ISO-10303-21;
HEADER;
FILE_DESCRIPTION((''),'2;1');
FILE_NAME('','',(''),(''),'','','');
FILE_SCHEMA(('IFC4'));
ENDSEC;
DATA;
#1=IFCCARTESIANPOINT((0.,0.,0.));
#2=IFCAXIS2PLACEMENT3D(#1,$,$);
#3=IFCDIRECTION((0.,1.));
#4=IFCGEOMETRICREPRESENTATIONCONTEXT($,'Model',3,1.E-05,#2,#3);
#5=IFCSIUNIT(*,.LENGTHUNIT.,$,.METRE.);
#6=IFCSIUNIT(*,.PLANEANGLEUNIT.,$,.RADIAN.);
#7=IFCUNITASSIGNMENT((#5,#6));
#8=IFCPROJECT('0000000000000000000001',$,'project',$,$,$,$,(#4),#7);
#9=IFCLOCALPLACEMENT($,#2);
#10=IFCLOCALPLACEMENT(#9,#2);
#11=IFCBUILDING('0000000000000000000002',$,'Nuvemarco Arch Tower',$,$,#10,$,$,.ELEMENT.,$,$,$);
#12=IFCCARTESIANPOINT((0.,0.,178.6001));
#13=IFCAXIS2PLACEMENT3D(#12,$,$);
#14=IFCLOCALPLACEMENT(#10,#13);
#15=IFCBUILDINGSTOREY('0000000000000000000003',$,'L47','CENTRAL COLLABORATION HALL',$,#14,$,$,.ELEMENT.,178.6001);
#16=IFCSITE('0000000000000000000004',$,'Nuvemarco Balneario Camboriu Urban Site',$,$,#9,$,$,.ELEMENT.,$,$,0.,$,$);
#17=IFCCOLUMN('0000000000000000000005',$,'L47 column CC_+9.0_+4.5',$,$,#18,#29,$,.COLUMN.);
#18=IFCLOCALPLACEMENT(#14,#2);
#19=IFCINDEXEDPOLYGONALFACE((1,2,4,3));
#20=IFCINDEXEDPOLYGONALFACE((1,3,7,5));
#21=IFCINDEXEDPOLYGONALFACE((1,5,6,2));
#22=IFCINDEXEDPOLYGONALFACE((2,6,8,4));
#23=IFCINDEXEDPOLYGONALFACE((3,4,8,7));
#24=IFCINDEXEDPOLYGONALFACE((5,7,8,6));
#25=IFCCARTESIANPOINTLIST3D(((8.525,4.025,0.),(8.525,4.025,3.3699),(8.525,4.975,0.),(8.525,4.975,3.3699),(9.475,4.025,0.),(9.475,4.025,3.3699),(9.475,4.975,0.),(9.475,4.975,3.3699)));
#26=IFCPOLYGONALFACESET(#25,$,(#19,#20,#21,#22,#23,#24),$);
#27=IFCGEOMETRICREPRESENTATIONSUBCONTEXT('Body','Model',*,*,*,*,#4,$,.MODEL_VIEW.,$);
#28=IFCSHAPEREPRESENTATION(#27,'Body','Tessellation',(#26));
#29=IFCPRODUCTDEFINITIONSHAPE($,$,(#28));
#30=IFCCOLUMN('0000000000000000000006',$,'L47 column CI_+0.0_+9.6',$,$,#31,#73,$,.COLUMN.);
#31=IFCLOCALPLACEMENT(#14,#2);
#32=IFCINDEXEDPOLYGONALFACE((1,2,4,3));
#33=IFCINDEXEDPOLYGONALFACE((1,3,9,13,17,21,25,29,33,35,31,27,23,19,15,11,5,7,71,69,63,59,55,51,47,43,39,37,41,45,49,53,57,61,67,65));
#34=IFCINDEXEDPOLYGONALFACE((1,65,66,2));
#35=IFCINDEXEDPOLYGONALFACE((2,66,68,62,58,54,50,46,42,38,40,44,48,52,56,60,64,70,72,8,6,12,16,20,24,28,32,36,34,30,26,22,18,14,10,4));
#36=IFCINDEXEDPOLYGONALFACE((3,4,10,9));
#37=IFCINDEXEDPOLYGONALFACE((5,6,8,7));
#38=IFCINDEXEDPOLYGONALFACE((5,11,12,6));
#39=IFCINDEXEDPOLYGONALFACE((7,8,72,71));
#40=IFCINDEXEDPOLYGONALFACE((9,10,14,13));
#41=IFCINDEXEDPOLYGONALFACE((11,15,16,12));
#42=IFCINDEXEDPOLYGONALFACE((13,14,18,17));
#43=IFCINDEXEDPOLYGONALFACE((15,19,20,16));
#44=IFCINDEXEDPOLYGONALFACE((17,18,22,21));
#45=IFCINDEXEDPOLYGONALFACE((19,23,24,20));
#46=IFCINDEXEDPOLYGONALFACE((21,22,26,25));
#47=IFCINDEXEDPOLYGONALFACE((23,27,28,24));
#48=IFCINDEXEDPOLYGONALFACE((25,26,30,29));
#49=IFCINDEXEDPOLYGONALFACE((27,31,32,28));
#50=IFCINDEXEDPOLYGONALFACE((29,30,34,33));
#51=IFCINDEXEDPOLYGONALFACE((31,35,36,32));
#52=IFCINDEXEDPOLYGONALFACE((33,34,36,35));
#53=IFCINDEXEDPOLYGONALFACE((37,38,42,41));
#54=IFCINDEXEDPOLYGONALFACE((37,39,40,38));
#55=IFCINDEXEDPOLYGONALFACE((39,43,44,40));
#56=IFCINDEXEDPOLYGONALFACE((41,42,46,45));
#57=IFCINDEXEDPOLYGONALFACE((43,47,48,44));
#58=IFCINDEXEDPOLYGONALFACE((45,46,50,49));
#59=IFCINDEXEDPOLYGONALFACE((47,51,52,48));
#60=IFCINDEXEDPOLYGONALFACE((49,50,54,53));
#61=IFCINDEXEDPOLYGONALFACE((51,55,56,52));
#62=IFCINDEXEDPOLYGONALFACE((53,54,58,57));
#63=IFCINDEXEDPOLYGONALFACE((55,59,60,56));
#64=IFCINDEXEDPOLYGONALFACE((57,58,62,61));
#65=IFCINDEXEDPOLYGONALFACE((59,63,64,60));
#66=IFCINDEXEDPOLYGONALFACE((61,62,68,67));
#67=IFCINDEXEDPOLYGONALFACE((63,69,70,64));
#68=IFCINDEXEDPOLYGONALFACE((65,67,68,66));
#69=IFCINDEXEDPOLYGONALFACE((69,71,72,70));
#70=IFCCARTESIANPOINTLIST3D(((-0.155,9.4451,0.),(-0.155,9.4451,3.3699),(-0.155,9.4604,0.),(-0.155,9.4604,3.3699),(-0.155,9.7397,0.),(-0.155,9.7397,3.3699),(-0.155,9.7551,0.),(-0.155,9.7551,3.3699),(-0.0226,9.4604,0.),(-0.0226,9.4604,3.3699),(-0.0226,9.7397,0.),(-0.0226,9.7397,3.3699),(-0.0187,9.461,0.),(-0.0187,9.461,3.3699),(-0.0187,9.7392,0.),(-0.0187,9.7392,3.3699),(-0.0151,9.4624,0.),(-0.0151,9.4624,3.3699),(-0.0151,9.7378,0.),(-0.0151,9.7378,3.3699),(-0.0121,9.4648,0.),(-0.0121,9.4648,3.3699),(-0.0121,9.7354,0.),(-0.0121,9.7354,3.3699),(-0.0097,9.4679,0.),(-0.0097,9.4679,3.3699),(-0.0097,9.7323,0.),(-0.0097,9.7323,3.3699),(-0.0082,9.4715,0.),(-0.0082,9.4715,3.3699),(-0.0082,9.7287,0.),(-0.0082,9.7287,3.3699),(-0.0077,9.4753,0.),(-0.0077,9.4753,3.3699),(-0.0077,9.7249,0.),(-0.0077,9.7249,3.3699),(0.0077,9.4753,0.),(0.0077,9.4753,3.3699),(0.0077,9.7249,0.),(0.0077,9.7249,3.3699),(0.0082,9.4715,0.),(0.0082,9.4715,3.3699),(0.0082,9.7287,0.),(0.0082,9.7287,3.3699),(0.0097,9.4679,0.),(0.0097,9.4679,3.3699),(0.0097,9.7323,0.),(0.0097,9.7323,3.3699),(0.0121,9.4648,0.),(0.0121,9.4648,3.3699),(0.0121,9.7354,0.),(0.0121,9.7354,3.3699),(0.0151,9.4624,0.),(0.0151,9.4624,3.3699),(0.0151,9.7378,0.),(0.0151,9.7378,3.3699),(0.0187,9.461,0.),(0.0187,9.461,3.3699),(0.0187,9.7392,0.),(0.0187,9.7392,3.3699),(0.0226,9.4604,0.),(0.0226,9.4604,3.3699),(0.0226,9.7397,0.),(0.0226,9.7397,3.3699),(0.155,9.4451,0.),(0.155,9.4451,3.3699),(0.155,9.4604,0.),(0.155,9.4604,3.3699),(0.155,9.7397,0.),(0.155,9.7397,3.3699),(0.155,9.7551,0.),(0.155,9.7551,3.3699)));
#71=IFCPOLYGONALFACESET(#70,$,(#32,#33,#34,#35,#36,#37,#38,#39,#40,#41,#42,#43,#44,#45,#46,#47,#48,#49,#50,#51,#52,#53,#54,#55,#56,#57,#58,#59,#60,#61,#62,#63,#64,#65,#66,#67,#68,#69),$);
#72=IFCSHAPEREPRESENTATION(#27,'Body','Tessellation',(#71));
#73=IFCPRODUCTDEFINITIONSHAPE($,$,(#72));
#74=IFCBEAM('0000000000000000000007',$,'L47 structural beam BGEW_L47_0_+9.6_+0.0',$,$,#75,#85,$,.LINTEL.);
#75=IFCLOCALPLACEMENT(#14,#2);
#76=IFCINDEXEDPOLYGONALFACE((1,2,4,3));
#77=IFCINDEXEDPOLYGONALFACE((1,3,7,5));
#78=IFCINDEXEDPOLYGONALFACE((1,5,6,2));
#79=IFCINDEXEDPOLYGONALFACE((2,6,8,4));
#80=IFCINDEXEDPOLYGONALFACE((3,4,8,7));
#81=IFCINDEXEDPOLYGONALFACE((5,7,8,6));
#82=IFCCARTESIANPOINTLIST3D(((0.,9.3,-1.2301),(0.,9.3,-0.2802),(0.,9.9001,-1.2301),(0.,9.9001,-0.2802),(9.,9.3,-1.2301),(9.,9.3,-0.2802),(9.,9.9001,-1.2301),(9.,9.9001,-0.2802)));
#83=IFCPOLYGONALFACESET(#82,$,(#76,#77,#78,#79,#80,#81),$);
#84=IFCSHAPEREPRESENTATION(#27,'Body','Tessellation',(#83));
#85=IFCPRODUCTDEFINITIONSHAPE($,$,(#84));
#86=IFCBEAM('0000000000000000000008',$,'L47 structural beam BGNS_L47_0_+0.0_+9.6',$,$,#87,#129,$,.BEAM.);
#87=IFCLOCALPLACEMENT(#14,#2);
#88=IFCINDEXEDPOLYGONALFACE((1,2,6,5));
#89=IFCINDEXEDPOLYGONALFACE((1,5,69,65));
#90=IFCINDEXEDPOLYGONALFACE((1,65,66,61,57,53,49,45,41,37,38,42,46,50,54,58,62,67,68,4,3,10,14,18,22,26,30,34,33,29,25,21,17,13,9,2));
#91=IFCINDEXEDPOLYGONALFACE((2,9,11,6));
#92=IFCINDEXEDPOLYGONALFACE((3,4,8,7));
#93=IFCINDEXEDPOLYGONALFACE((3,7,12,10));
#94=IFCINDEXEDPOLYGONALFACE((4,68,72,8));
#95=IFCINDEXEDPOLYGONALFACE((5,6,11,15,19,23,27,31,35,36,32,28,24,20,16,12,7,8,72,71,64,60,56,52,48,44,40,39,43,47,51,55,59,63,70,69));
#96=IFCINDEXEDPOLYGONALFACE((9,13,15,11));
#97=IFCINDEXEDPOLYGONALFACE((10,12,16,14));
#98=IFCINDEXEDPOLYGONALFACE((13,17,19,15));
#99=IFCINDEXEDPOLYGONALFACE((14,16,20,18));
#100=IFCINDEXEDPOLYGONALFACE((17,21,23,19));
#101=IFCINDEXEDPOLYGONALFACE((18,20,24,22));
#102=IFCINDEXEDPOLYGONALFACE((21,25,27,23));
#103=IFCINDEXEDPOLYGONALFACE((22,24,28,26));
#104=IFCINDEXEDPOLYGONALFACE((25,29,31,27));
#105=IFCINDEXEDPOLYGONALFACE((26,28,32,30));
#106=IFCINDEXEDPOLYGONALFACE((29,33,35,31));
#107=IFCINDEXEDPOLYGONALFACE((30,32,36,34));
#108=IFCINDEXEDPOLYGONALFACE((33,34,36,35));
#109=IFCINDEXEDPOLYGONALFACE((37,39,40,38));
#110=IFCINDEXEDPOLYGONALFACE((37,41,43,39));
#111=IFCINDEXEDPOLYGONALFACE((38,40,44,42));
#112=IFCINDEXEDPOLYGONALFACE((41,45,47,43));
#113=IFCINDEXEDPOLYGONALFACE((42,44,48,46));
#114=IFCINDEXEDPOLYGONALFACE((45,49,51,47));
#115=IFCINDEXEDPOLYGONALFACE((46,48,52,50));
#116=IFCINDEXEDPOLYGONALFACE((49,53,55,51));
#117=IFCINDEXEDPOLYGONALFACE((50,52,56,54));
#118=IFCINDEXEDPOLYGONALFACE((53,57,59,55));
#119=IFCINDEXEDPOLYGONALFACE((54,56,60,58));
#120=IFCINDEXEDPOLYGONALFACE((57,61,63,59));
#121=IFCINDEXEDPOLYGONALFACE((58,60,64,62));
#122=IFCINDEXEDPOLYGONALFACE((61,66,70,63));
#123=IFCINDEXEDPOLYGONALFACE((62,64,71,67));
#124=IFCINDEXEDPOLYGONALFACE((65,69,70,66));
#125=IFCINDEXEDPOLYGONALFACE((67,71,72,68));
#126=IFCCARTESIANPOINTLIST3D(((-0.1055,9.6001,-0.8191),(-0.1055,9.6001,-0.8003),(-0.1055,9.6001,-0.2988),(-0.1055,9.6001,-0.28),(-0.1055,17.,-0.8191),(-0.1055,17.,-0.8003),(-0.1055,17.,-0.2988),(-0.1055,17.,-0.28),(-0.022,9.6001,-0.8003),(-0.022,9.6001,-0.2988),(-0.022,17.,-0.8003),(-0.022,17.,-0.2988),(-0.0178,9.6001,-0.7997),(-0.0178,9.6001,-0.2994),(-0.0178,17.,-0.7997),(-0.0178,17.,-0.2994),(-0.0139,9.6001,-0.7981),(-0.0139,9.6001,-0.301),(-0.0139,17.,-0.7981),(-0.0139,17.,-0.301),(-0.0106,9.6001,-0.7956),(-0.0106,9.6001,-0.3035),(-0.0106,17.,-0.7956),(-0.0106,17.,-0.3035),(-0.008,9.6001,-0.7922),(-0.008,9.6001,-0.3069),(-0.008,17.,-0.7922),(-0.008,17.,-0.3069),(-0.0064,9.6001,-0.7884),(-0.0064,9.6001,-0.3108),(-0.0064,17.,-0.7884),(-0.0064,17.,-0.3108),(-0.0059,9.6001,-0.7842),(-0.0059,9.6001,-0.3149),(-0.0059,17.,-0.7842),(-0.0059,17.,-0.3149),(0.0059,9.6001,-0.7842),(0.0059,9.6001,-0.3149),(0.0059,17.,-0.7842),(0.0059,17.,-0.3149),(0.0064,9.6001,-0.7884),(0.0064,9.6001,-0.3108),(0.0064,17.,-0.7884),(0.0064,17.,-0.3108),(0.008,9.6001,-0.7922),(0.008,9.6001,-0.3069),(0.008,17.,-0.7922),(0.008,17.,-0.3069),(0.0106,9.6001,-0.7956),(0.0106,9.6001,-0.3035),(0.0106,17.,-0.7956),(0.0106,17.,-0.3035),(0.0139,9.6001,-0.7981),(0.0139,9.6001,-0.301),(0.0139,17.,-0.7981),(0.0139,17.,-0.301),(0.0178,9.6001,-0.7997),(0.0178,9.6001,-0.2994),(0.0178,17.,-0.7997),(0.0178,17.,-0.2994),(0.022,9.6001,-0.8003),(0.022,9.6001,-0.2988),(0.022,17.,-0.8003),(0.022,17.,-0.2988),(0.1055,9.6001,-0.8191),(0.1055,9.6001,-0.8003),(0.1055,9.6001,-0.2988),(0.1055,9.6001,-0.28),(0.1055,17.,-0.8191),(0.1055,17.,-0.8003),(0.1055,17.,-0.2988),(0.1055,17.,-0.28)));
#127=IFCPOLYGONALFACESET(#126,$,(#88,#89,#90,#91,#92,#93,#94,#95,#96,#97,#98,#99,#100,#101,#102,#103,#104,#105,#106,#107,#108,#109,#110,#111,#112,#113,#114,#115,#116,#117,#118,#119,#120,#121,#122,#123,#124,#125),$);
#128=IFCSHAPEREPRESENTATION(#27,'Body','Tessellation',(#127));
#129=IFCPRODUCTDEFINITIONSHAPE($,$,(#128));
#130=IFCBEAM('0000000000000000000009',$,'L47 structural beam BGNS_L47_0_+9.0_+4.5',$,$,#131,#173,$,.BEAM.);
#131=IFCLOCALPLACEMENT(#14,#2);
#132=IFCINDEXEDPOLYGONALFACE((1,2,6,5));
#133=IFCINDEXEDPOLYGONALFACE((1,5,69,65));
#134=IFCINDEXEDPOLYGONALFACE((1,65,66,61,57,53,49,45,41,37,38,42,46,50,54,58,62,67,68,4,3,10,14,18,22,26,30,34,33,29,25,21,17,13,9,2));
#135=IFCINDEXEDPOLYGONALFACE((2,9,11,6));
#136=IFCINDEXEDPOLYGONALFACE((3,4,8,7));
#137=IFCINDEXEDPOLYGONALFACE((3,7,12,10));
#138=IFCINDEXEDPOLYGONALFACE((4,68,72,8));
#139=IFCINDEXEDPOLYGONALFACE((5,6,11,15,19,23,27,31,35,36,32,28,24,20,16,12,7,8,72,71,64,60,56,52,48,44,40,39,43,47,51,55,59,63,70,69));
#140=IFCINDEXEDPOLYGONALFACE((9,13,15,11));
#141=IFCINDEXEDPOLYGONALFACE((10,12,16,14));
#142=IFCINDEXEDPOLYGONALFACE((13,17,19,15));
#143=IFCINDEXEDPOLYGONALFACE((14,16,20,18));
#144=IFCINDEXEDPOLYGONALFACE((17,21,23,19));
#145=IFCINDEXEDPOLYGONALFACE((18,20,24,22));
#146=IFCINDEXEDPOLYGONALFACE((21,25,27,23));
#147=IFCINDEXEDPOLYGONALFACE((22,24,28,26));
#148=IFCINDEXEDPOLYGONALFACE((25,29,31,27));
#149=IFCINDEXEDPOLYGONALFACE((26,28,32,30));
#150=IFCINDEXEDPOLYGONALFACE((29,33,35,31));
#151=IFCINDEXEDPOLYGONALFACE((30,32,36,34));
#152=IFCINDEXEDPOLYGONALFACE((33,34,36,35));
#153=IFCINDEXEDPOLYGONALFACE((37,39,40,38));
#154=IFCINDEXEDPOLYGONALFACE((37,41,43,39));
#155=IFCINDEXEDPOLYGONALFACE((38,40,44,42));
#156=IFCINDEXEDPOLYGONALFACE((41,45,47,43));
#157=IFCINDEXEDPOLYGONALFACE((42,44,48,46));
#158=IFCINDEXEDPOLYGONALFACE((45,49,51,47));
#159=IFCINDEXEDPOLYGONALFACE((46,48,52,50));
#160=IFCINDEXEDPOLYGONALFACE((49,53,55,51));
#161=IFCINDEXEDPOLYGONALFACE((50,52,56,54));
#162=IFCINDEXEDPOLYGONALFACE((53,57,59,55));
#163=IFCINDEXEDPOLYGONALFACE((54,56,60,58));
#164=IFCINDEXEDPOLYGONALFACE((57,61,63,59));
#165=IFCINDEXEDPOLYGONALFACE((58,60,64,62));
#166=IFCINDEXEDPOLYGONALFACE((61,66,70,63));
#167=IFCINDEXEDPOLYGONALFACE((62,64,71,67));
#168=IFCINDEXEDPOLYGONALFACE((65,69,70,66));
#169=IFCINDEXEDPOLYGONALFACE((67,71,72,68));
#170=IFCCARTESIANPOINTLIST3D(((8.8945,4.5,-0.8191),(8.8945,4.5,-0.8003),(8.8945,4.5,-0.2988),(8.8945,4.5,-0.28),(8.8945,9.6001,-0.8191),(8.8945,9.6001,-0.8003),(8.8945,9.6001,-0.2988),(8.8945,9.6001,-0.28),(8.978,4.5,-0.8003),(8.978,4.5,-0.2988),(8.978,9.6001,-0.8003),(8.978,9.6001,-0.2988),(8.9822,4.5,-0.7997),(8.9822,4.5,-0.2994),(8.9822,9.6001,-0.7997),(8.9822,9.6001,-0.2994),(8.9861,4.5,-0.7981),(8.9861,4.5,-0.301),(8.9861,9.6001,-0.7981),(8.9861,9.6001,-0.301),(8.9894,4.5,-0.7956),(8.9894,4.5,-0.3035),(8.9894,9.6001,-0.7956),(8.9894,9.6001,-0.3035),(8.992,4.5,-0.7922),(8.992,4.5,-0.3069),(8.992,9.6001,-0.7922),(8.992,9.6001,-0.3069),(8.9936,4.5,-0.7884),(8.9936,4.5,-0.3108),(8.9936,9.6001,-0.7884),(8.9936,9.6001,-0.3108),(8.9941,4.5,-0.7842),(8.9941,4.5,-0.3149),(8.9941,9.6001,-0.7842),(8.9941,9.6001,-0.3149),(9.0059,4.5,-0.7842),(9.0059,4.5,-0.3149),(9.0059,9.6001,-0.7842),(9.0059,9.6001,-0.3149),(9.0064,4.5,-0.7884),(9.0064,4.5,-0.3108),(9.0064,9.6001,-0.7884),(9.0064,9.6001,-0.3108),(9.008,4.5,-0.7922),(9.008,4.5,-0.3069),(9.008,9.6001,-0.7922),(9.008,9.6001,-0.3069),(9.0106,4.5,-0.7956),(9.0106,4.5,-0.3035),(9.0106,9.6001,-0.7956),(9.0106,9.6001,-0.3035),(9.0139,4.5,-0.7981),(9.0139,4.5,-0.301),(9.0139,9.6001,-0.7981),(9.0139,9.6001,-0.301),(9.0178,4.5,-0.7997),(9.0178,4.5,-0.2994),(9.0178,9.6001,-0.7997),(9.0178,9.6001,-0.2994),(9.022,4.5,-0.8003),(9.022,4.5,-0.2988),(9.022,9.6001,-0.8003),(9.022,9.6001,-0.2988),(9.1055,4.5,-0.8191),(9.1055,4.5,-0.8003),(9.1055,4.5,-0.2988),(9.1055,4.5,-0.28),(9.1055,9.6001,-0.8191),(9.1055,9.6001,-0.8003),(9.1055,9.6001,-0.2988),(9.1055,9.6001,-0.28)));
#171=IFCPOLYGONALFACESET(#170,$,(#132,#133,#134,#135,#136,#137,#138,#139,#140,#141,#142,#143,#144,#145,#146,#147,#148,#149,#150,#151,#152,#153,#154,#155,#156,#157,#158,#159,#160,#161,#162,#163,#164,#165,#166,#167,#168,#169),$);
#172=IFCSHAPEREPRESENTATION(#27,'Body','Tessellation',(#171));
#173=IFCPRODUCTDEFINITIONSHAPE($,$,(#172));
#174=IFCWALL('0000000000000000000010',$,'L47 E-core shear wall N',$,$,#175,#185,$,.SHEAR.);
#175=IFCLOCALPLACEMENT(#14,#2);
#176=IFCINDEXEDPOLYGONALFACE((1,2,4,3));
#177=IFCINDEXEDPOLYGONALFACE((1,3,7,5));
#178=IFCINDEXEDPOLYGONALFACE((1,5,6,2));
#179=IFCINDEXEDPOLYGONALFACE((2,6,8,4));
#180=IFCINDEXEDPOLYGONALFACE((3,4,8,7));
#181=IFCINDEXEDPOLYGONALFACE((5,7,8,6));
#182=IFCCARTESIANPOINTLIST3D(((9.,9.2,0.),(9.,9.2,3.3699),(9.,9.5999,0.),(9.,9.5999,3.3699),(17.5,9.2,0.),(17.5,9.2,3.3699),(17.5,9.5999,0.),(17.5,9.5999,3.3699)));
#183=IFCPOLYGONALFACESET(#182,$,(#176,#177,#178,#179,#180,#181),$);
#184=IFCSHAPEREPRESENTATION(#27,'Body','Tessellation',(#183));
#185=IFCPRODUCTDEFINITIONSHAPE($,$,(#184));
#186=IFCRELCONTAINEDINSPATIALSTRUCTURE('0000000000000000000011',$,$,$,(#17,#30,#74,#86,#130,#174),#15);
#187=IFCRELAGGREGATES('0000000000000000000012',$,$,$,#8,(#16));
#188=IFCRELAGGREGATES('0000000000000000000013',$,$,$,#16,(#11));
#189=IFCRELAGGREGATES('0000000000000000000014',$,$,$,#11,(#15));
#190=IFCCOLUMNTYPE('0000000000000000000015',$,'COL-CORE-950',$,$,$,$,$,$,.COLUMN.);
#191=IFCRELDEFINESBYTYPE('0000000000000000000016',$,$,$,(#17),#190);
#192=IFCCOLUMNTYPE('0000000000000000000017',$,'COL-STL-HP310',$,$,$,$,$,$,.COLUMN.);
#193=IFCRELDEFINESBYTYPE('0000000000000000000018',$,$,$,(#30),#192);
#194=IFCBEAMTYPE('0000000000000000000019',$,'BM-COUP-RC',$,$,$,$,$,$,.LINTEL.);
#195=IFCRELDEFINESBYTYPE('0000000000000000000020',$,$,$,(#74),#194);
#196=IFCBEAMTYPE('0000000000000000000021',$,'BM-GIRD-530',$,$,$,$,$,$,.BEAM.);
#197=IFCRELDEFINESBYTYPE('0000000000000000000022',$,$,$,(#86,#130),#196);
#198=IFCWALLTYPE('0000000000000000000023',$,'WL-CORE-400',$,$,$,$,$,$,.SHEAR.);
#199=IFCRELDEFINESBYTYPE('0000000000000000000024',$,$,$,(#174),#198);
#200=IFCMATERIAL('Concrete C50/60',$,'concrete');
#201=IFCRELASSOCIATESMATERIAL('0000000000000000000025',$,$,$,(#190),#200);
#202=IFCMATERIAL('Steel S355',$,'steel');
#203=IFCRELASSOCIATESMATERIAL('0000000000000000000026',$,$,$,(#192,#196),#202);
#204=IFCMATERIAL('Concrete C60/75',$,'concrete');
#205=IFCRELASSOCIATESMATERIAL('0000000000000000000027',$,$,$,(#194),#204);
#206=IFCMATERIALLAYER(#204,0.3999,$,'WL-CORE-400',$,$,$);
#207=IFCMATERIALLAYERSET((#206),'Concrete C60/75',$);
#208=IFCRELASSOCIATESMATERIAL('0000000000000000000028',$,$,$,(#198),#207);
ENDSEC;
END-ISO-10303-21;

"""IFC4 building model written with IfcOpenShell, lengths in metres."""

from ifc_helpers import new_model, si_unit, direction, frame, frame_2d, origin, origin_2d, place, context, subcontext, project, spatial, rectangle, i_section, extrude, material, layer, layer_set, material_profile, profile_set, type_object, element, save


model = new_model("IFC4")

# Units and contexts
model_context = context("Model", 3, precision=1e-05, world=origin(), true_north=direction((0.0, 1.0)))
body_context = subcontext(model_context, "Body", "Model", "MODEL_VIEW")
ifc_project = project(units=[si_unit("LENGTHUNIT", "METRE"), si_unit("PLANEANGLEUNIT", "RADIAN")], contexts=[model_context])

# Site, building, storey
site_placement = place(None, origin())
site = spatial("IfcSite", under=ifc_project, at=site_placement, Name="Nuvemarco Balneario Camboriu Urban Site", CompositionType="ELEMENT", RefElevation=0.0)
building_placement = place(site_placement, origin())
building = spatial("IfcBuilding", under=site, at=building_placement, Name="Nuvemarco Arch Tower", CompositionType="ELEMENT")
storey_placement = place(building_placement, frame((0.0, 0.0, 178.6001)))
storey = spatial("IfcBuildingStorey", under=building, at=storey_placement, Name="L47", Description="CENTRAL COLLABORATION HALL", CompositionType="ELEMENT", Elevation=178.6001)

# Columns
ifc_material_1 = material(Name="Concrete C50/60", Category="concrete")
ifc_material_profile_1 = material_profile(ifc_material_1, rectangle(XDim=0.95, YDim=0.95, at=origin_2d()), Name="RC-COL-950x950")
ifc_profile_set_1 = profile_set([ifc_material_profile_1], Name="Concrete C50/60")
column_type_1 = type_object("IfcColumnType", Name="COL-CORE-950", PredefinedType="COLUMN", material=ifc_profile_set_1)
column_1_placement = place(storey_placement, frame((9.0, 4.5, 0.0), z_axis=(0.0, 0.0, 1.0), x_axis=(1.0, 0.0, 0.0)))
element("IfcColumn", 1, at=column_1_placement, inside=storey, type_object=column_type_1, Name="L47 column CC_+9.0_+4.5", PredefinedType="COLUMN", context=body_context, shape_type="SweptSolid", body=[
    extrude(rectangle(XDim=0.95, YDim=0.95, at=origin_2d()), origin(), (0.0, 0.0, 1.0), 3.3699),
])
ifc_material_2 = material(Name="Steel S355", Category="steel")
ifc_material_profile_2 = material_profile(ifc_material_2, i_section(OverallWidth=0.3101, OverallDepth=0.3101, WebThickness=0.0154, FlangeThickness=0.0154, FilletRadius=0.0149, at=origin_2d()), Name="HP310x110")
ifc_profile_set_2 = profile_set([ifc_material_profile_2], Name="Steel S355")
column_type_2 = type_object("IfcColumnType", Name="COL-STL-HP310", PredefinedType="COLUMN", material=ifc_profile_set_2)
column_2_placement = place(storey_placement, frame((0.0, 9.6001, 0.0), z_axis=(0.0, 0.0, 1.0), x_axis=(1.0, 0.0, 0.0)))
element("IfcColumn", 2, at=column_2_placement, inside=storey, type_object=column_type_2, Name="L47 column CI_+0.0_+9.6", PredefinedType="COLUMN", context=body_context, shape_type="SweptSolid", body=[
    extrude(i_section(OverallWidth=0.3101, OverallDepth=0.3101, WebThickness=0.0154, FlangeThickness=0.0154, FilletRadius=0.0149, at=origin_2d()), origin(), (0.0, 0.0, 1.0), 3.3699),
])

# Beams
ifc_material_3 = material(Name="Concrete C60/75", Category="concrete")
ifc_material_profile_3 = material_profile(ifc_material_3, rectangle(XDim=0.6001, YDim=0.95, at=origin_2d()), Name="RC-BM-600x950")
ifc_profile_set_3 = profile_set([ifc_material_profile_3], Name="Concrete C60/75")
beam_type_1 = type_object("IfcBeamType", Name="BM-COUP-RC", PredefinedType="LINTEL", material=ifc_profile_set_3)
beam_1_placement = place(storey_placement, frame((0.0, 9.6001, -0.7551), z_axis=(1.0, 0.0, 0.0), x_axis=(0.0, 1.0, 0.0)))
element("IfcBeam", 3, at=beam_1_placement, inside=storey, type_object=beam_type_1, Name="L47 structural beam BGEW_L47_0_+9.6_+0.0", PredefinedType="LINTEL", context=body_context, shape_type="SweptSolid", body=[
    extrude(rectangle(XDim=0.6001, YDim=0.95, at=origin_2d()), origin(), (0.0, 0.0, 1.0), 9.0),
])
ifc_material_profile_4 = material_profile(ifc_material_2, i_section(OverallWidth=0.2109, OverallDepth=0.5391, WebThickness=0.0117, FlangeThickness=0.0188, FilletRadius=0.0161, at=origin_2d()), Name="W530x109")
ifc_profile_set_4 = profile_set([ifc_material_profile_4], Name="Steel S355")
beam_type_2 = type_object("IfcBeamType", Name="BM-GIRD-530", PredefinedType="BEAM", material=ifc_profile_set_4)
beam_2_placement = place(storey_placement, frame((0.0, 9.6001, -0.5496), z_axis=(0.0, 1.0, 0.0), x_axis=(-1.0, 0.0, 0.0)))
element("IfcBeam", 4, at=beam_2_placement, inside=storey, type_object=beam_type_2, Name="L47 structural beam BGNS_L47_0_+0.0_+9.6", PredefinedType="BEAM", context=body_context, shape_type="SweptSolid", body=[
    extrude(i_section(OverallWidth=0.2109, OverallDepth=0.5391, WebThickness=0.0117, FlangeThickness=0.0188, FilletRadius=0.0161, at=origin_2d()), origin(), (0.0, 0.0, 1.0), 7.3999),
])
beam_3_placement = place(storey_placement, frame((9.0, 4.5, -0.5496), z_axis=(0.0, 1.0, 0.0), x_axis=(-1.0, 0.0, 0.0)))
element("IfcBeam", 5, at=beam_3_placement, inside=storey, type_object=beam_type_2, Name="L47 structural beam BGNS_L47_0_+9.0_+4.5", PredefinedType="BEAM", context=body_context, shape_type="SweptSolid", body=[
    extrude(i_section(OverallWidth=0.2109, OverallDepth=0.5391, WebThickness=0.0117, FlangeThickness=0.0188, FilletRadius=0.0161, at=origin_2d()), origin(), (0.0, 0.0, 1.0), 5.1001),
])

# Wall
ifc_layer_1 = layer(ifc_material_3, 0.3999, Name="WL-CORE-400")
ifc_layer_set_1 = layer_set([ifc_layer_1], Name="Concrete C60/75")
wall_type_1 = type_object("IfcWallType", Name="WL-CORE-400", PredefinedType="SHEAR", material=ifc_layer_set_1)
wall_1_placement = place(storey_placement, frame((9.0, 9.3999, 0.0), z_axis=(0.0, 0.0, 1.0), x_axis=(1.0, 0.0, 0.0)))
element("IfcWall", 6, at=wall_1_placement, inside=storey, type_object=wall_type_1, Name="L47 E-core shear wall N", PredefinedType="SHEAR", context=body_context, shape_type="SweptSolid", body=[
    extrude(rectangle(XDim=8.5, YDim=0.3999, at=frame_2d((4.25, 0.0))), origin(), (0.0, 0.0, 1.0), 3.3699),
])

save(model, "model.ifc")
